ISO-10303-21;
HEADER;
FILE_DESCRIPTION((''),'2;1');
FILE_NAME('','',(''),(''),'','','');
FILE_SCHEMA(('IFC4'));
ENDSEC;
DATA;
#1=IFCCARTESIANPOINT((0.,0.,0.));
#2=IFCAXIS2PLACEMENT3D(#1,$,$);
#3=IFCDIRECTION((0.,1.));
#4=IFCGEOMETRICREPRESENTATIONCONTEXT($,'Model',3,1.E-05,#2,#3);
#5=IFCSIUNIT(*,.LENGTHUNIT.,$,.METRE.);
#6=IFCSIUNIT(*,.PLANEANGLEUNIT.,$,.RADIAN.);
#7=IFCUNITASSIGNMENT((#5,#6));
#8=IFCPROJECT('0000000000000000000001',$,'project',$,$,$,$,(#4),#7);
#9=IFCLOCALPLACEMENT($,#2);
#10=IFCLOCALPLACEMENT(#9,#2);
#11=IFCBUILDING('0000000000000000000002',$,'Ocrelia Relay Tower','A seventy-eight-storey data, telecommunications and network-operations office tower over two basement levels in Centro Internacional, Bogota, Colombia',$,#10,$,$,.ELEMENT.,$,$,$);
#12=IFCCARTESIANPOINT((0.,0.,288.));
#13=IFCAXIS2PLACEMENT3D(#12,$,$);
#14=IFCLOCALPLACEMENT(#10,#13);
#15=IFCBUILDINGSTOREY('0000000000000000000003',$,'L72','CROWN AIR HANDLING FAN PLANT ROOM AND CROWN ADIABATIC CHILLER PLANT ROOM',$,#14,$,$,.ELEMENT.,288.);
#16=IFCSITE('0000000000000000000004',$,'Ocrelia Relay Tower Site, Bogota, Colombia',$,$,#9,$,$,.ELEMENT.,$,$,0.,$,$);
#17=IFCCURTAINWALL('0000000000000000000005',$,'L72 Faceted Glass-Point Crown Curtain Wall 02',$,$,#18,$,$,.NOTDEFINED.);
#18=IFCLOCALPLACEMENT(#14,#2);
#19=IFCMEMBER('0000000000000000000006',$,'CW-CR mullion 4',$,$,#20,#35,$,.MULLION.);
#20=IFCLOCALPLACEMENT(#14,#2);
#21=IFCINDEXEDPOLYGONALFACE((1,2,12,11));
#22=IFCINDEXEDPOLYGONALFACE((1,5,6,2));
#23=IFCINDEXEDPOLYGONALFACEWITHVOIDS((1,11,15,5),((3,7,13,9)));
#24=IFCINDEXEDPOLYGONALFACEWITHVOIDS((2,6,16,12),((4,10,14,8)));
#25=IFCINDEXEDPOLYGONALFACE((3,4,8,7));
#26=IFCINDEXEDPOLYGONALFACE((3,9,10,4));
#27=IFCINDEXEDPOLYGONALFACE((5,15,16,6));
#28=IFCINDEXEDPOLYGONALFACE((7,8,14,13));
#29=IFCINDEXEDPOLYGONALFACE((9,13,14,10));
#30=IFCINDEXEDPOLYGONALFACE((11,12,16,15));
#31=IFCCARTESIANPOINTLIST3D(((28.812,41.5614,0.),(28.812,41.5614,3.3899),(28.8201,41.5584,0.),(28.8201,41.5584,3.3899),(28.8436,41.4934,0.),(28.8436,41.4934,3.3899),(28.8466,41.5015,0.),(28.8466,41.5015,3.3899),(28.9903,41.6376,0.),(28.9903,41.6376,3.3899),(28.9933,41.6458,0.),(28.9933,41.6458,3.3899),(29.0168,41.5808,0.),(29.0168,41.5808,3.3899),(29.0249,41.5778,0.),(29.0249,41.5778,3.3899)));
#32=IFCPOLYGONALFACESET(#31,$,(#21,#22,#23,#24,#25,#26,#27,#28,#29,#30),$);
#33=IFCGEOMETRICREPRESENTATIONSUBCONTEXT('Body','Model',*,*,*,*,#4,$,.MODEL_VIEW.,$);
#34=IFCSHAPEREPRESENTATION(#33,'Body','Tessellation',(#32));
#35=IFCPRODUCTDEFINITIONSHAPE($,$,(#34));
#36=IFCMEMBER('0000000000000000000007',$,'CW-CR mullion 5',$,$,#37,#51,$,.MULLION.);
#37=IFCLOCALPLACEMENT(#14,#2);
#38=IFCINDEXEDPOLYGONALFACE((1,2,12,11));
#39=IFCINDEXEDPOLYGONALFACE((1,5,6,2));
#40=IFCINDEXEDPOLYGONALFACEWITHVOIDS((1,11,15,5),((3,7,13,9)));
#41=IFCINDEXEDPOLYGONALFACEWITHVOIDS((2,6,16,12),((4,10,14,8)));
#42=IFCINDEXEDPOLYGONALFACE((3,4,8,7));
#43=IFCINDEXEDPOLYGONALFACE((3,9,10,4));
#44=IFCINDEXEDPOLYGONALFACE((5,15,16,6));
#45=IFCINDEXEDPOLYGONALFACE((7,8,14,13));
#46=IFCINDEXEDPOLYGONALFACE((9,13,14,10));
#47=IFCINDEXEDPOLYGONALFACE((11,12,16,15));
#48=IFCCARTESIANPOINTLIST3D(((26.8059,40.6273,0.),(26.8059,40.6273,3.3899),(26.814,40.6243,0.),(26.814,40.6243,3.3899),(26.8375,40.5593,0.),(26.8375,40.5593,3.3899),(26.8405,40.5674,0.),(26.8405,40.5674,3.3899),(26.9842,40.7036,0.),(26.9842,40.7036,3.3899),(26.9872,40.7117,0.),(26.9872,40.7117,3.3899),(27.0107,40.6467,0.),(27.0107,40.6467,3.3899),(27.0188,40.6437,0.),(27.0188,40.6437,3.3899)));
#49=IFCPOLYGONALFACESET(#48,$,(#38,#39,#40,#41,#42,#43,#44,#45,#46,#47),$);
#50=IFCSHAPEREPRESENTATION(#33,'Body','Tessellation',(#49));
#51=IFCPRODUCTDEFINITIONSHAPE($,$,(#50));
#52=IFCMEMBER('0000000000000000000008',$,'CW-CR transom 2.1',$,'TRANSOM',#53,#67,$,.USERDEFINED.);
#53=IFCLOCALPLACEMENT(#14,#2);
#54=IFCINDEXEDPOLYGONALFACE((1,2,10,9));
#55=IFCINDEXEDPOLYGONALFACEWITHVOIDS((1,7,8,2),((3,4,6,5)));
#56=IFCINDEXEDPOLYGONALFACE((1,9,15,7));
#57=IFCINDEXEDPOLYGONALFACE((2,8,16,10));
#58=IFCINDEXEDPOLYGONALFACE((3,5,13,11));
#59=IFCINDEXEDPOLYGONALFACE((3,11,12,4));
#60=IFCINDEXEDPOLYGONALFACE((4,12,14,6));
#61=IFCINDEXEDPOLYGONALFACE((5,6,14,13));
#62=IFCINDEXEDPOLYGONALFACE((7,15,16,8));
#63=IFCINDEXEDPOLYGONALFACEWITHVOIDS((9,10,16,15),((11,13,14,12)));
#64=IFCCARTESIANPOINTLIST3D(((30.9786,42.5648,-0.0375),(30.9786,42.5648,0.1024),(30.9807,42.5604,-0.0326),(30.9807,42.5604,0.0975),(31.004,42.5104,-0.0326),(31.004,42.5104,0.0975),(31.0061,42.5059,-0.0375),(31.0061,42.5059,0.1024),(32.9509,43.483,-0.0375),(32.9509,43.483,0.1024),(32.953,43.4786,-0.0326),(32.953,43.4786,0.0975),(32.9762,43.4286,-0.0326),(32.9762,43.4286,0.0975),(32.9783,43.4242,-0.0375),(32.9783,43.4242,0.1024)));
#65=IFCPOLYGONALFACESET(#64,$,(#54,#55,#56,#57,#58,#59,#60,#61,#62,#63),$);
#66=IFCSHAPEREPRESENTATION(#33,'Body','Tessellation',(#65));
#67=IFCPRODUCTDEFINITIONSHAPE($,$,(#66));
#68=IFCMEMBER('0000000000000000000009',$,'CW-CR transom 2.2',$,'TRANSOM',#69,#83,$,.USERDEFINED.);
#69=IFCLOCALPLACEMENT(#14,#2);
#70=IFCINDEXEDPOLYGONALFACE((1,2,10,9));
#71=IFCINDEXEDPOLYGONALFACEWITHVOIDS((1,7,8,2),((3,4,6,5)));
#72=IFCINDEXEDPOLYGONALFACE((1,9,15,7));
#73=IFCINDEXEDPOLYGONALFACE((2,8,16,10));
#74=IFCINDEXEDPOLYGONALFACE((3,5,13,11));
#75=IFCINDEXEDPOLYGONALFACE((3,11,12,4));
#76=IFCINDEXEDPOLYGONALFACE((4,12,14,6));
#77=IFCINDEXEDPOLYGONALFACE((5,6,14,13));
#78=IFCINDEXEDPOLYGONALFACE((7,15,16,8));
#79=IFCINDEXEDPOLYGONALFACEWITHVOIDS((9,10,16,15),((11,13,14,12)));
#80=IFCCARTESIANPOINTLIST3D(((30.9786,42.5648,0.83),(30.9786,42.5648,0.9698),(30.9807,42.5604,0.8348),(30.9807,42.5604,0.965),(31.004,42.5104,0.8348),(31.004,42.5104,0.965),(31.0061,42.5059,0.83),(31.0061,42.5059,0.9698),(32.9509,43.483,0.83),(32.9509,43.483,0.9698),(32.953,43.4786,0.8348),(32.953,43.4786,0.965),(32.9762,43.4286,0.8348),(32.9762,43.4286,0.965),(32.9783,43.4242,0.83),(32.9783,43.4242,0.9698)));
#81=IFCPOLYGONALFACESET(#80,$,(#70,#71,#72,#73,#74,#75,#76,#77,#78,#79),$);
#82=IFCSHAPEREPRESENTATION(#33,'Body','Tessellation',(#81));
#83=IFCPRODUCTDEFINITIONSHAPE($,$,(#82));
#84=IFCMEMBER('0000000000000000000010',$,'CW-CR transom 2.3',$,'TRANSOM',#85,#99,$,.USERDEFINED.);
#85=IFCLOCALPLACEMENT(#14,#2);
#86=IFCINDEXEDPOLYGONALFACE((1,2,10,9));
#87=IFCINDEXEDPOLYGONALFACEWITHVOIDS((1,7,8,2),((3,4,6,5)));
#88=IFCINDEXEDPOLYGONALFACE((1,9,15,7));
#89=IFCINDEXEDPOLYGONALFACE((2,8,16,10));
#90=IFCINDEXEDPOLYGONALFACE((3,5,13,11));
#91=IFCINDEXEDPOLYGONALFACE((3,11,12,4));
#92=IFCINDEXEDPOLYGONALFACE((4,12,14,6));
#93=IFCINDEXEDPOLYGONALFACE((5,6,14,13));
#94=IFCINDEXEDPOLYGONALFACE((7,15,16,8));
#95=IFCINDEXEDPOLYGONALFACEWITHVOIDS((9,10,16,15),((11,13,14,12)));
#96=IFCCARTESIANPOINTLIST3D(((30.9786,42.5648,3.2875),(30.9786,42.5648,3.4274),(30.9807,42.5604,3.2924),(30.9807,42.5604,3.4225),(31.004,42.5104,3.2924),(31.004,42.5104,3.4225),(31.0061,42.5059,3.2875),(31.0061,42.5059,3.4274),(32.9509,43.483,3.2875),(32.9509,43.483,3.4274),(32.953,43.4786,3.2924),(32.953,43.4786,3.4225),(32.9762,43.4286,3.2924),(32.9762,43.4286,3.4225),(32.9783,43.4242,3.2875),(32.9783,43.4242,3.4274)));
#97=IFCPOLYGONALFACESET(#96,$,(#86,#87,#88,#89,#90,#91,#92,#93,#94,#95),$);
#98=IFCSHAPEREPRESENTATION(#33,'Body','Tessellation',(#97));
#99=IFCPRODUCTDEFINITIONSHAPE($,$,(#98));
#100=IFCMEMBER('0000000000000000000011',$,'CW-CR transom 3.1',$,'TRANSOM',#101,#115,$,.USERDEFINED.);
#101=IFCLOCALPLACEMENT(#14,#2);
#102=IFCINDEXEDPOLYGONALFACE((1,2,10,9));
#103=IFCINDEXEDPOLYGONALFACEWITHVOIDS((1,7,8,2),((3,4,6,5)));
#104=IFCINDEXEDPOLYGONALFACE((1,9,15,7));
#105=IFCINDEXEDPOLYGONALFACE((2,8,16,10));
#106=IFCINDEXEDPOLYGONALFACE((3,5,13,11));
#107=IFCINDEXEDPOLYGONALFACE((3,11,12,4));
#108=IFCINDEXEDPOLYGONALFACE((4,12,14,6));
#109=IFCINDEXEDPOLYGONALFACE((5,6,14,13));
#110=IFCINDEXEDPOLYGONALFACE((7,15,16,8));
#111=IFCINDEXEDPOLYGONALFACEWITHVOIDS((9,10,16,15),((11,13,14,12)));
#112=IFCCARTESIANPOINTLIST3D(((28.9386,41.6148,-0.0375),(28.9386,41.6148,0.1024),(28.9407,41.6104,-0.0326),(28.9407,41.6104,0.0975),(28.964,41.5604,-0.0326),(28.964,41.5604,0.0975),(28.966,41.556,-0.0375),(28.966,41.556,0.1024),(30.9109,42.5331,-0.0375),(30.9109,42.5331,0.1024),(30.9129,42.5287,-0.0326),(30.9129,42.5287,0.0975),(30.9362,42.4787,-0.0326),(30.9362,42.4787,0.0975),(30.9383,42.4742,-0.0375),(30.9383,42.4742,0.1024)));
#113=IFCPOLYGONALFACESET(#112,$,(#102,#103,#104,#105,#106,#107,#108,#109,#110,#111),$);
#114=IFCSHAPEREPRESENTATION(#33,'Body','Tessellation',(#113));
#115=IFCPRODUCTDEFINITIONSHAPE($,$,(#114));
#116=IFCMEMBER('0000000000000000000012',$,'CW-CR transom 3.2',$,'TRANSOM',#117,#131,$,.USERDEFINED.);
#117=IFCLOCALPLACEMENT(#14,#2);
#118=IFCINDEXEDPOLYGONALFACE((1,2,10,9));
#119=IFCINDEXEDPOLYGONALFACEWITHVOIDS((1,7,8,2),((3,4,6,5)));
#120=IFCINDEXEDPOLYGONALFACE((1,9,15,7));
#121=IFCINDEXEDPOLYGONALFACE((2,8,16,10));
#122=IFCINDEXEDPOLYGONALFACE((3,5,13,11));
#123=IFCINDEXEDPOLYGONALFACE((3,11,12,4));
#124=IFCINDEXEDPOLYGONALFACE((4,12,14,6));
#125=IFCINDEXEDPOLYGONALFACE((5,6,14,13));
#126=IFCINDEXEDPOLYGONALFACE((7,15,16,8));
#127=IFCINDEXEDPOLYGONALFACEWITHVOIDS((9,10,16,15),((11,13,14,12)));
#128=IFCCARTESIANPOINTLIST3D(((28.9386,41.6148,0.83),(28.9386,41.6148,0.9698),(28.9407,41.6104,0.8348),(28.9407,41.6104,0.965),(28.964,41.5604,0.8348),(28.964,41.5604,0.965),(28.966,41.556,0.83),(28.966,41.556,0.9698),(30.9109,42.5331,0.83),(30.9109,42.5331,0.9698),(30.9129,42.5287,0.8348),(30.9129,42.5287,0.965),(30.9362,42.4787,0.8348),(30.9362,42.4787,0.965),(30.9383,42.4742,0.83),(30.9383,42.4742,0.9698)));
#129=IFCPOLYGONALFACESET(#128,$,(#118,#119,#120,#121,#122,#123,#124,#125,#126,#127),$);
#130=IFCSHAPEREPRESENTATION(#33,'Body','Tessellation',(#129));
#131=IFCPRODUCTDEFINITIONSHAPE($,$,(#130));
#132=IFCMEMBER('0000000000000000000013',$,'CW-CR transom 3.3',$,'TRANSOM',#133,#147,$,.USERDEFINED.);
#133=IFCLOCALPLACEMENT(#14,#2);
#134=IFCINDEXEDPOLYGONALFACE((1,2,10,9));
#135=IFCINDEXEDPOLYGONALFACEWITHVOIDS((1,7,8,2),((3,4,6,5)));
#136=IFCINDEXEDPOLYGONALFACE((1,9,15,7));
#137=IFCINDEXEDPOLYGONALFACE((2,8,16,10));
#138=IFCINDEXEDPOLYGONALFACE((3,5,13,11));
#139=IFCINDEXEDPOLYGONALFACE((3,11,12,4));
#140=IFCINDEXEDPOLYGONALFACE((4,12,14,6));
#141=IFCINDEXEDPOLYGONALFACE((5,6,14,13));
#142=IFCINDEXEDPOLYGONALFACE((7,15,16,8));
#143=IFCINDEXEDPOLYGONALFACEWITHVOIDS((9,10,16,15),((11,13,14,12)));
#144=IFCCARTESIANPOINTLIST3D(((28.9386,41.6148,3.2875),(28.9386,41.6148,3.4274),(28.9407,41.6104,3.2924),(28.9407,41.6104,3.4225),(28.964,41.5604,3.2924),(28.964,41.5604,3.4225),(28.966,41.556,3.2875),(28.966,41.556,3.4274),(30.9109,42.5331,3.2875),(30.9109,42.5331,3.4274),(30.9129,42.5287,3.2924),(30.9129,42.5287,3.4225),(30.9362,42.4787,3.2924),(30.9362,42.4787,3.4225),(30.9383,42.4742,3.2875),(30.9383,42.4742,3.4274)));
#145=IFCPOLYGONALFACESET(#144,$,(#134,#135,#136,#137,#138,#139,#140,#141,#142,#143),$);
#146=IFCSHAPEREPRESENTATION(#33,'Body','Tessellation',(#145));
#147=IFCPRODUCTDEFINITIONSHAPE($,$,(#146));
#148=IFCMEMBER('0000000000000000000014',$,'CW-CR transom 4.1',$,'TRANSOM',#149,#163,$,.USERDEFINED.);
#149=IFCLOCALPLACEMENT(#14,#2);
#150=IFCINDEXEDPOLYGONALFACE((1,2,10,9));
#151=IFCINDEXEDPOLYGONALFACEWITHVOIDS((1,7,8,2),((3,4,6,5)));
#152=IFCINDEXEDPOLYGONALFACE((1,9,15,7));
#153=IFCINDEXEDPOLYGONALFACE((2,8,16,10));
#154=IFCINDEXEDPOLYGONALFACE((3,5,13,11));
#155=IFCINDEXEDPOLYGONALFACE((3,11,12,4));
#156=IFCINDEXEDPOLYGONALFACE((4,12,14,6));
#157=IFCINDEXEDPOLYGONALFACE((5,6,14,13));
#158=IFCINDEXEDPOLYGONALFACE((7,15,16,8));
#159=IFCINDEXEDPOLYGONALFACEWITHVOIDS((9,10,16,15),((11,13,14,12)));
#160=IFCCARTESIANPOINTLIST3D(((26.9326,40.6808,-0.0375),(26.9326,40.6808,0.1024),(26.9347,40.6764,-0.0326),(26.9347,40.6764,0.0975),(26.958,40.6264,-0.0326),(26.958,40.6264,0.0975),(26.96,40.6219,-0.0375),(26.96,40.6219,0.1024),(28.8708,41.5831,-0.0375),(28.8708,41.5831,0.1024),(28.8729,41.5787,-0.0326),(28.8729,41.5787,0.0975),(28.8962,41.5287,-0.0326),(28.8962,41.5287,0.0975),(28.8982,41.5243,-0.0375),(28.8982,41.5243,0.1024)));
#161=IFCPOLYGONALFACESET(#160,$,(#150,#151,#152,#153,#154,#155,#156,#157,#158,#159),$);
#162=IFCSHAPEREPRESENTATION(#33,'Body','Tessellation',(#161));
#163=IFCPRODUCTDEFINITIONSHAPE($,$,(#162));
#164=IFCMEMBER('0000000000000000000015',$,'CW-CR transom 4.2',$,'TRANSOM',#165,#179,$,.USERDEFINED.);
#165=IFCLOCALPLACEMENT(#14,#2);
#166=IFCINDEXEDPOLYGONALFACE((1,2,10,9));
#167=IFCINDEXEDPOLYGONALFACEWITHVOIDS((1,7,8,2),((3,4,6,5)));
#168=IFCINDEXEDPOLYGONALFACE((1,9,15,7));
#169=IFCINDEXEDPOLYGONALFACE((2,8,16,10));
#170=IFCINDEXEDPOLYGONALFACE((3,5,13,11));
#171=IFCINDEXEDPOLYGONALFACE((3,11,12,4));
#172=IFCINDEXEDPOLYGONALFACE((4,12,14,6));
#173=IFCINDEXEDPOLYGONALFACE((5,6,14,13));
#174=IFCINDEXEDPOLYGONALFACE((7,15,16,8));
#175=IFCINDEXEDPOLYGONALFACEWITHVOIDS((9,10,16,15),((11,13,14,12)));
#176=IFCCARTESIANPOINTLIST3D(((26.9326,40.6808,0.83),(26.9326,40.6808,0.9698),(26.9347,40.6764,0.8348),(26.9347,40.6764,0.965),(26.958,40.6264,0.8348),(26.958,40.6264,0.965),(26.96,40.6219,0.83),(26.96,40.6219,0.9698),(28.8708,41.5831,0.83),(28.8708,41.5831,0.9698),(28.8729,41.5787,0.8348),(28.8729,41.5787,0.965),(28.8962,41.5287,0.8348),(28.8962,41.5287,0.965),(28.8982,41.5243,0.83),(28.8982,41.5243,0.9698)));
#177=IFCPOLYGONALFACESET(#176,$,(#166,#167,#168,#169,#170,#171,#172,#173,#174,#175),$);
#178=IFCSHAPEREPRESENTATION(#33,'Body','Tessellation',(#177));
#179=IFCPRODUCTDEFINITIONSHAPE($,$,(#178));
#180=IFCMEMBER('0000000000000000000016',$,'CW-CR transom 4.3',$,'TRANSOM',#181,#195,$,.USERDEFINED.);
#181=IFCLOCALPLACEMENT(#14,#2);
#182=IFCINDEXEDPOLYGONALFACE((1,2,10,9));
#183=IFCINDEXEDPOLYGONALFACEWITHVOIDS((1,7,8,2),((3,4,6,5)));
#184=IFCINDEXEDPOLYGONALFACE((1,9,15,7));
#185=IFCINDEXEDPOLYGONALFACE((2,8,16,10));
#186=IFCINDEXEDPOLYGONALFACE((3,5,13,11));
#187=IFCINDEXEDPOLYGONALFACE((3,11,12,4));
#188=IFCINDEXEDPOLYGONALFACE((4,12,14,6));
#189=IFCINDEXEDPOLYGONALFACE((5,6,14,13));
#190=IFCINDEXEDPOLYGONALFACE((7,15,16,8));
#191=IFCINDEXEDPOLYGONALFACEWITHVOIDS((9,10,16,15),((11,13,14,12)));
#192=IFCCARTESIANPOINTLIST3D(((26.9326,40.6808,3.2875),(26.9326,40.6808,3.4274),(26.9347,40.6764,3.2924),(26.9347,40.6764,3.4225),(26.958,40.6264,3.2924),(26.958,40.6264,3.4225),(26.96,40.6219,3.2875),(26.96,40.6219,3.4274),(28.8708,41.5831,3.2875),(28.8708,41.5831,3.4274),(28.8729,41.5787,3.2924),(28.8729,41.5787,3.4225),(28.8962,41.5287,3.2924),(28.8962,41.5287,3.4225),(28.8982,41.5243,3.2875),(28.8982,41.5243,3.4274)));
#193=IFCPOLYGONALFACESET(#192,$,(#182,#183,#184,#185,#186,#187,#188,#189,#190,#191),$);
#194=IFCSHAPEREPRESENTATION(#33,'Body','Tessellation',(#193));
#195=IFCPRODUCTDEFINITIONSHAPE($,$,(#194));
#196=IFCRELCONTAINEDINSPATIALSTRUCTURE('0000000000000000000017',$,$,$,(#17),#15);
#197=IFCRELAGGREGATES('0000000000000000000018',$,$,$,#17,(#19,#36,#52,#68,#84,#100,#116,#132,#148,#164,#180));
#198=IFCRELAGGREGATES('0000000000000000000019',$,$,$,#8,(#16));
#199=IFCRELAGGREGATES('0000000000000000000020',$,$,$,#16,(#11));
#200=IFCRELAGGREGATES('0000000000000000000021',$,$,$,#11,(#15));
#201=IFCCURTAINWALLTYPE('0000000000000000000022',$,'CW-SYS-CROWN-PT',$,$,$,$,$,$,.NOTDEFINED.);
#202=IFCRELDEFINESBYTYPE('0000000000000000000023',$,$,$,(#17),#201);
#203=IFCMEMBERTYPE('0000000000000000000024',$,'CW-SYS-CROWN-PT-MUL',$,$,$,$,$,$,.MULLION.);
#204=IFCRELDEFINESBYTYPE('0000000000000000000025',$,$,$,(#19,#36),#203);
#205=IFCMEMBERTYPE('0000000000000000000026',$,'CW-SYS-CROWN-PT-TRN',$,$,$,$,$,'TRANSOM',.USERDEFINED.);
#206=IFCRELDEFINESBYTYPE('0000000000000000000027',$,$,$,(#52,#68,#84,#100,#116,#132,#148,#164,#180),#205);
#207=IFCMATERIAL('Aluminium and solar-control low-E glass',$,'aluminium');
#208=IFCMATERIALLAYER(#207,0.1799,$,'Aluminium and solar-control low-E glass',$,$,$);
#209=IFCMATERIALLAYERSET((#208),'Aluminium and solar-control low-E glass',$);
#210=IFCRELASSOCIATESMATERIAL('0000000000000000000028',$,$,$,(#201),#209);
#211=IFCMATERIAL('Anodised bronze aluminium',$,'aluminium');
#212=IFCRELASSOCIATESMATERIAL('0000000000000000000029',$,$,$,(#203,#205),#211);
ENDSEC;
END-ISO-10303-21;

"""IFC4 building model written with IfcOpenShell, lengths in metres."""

from ifc_helpers import new_model, si_unit, direction, frame, origin, origin_2d, place, context, subcontext, project, spatial, hollow_rectangle, extrude, material, layer, layer_set, material_profile, profile_set, type_object, element, aggregate, save


model = new_model("IFC4")

# Units and contexts
model_context = context("Model", 3, precision=1e-05, world=origin(), true_north=direction((0.0, 1.0)))
body_context = subcontext(model_context, "Body", "Model", "MODEL_VIEW")
ifc_project = project(units=[si_unit("LENGTHUNIT", "METRE"), si_unit("PLANEANGLEUNIT", "RADIAN")], contexts=[model_context])

# Site, building, storey
site_placement = place(None, origin())
site = spatial("IfcSite", under=ifc_project, at=site_placement, Name="Ocrelia Relay Tower Site, Bogota, Colombia", CompositionType="ELEMENT", RefElevation=0.0)
building_placement = place(site_placement, origin())
building = spatial("IfcBuilding", under=site, at=building_placement, Name="Ocrelia Relay Tower", Description="A seventy-eight-storey data, telecommunications and network-operations office tower over two basement levels in Centro Internacional, Bogota, Colombia", CompositionType="ELEMENT")
storey_placement = place(building_placement, frame((0.0, 0.0, 288.0)))
storey = spatial("IfcBuildingStorey", under=building, at=storey_placement, Name="L72", Description="CROWN AIR HANDLING FAN PLANT ROOM AND CROWN ADIABATIC CHILLER PLANT ROOM", CompositionType="ELEMENT", Elevation=288.0)

# Curtain wall, members
ifc_material_1 = material(Name="Aluminium and solar-control low-E glass", Category="aluminium")
ifc_layer_1 = layer(ifc_material_1, 0.1799, Name="Aluminium and solar-control low-E glass")
ifc_layer_set_1 = layer_set([ifc_layer_1], Name="Aluminium and solar-control low-E glass")
curtain_wall_type = type_object("IfcCurtainWallType", Name="CW-SYS-CROWN-PT", PredefinedType="NOTDEFINED", material=ifc_layer_set_1)
curtain_wall_placement = place(storey_placement, origin())
curtain_wall = element("IfcCurtainWall", 1, at=curtain_wall_placement, inside=storey, type_object=curtain_wall_type, Name="L72 Faceted Glass-Point Crown Curtain Wall 02", PredefinedType="NOTDEFINED")
ifc_material_2 = material(Name="Anodised bronze aluminium", Category="aluminium")
ifc_material_profile_1 = material_profile(ifc_material_2, hollow_rectangle(XDim=0.075, YDim=0.2, WallThickness=0.0061, at=origin_2d()), Name="CW-MUL-200x75")
ifc_profile_set_1 = profile_set([ifc_material_profile_1], Name="Anodised bronze aluminium")
member_type_1 = type_object("IfcMemberType", Name="CW-SYS-CROWN-PT-MUL", PredefinedType="MULLION", material=ifc_profile_set_1)
member_1_placement = place(storey_placement, frame((28.9185, 41.5696, 0.0), z_axis=(0.0, 0.0, 1.0), x_axis=(0.422115, -0.906542, 0.0)))
member_1 = element("IfcMember", 2, at=member_1_placement, type_object=member_type_1, Name="CW-CR mullion 4", PredefinedType="MULLION", context=body_context, shape_type="SweptSolid", body=[
    extrude(hollow_rectangle(XDim=0.075, YDim=0.2, WallThickness=0.0061, at=origin_2d()), origin(), (0.0, 0.0, 1.0), 3.3899),
])
member_2_placement = place(storey_placement, frame((26.9124, 40.6355, 0.0), z_axis=(0.0, 0.0, 1.0), x_axis=(0.422115, -0.906542, 0.0)))
member_2 = element("IfcMember", 3, at=member_2_placement, type_object=member_type_1, Name="CW-CR mullion 5", PredefinedType="MULLION", context=body_context, shape_type="SweptSolid", body=[
    extrude(hollow_rectangle(XDim=0.075, YDim=0.2, WallThickness=0.0061, at=origin_2d()), origin(), (0.0, 0.0, 1.0), 3.3899),
])
ifc_material_profile_2 = material_profile(ifc_material_2, hollow_rectangle(XDim=0.0649, YDim=0.1399, WallThickness=0.0049, at=origin_2d()), Name="CW-TRN-140x65")
ifc_profile_set_2 = profile_set([ifc_material_profile_2], Name="Anodised bronze aluminium")
member_type_2 = type_object("IfcMemberType", Name="CW-SYS-CROWN-PT-TRN", ElementType="TRANSOM", PredefinedType="USERDEFINED", material=ifc_profile_set_2)
member_3_placement = place(storey_placement, frame((32.9646, 43.4536, 0.0325), z_axis=(-0.906558, -0.42208, 0.0), x_axis=(0.42208, -0.906558, 0.0)))
member_3 = element("IfcMember", 4, at=member_3_placement, type_object=member_type_2, Name="CW-CR transom 2.1", ObjectType="TRANSOM", PredefinedType="USERDEFINED", context=body_context, shape_type="SweptSolid", body=[
    extrude(hollow_rectangle(XDim=0.0649, YDim=0.1399, WallThickness=0.0049, at=origin_2d()), origin(), (0.0, 0.0, 1.0), 2.1755),
])
member_4_placement = place(storey_placement, frame((32.9646, 43.4536, 0.8999), z_axis=(-0.906558, -0.42208, 0.0), x_axis=(0.42208, -0.906558, 0.0)))
member_4 = element("IfcMember", 5, at=member_4_placement, type_object=member_type_2, Name="CW-CR transom 2.2", ObjectType="TRANSOM", PredefinedType="USERDEFINED", context=body_context, shape_type="SweptSolid", body=[
    extrude(hollow_rectangle(XDim=0.0649, YDim=0.1399, WallThickness=0.0049, at=origin_2d()), origin(), (0.0, 0.0, 1.0), 2.1755),
])
member_5_placement = place(storey_placement, frame((32.9646, 43.4536, 3.3574), z_axis=(-0.906558, -0.42208, 0.0), x_axis=(0.42208, -0.906558, 0.0)))
member_5 = element("IfcMember", 6, at=member_5_placement, type_object=member_type_2, Name="CW-CR transom 2.3", ObjectType="TRANSOM", PredefinedType="USERDEFINED", context=body_context, shape_type="SweptSolid", body=[
    extrude(hollow_rectangle(XDim=0.0649, YDim=0.1399, WallThickness=0.0049, at=origin_2d()), origin(), (0.0, 0.0, 1.0), 2.1755),
])
member_6_placement = place(storey_placement, frame((30.9246, 42.5037, 0.0325), z_axis=(-0.906558, -0.42208, 0.0), x_axis=(0.42208, -0.906558, 0.0)))
member_6 = element("IfcMember", 7, at=member_6_placement, type_object=member_type_2, Name="CW-CR transom 3.1", ObjectType="TRANSOM", PredefinedType="USERDEFINED", context=body_context, shape_type="SweptSolid", body=[
    extrude(hollow_rectangle(XDim=0.0649, YDim=0.1399, WallThickness=0.0049, at=origin_2d()), origin(), (0.0, 0.0, 1.0), 2.1755),
])
member_7_placement = place(storey_placement, frame((30.9246, 42.5037, 0.8999), z_axis=(-0.906558, -0.42208, 0.0), x_axis=(0.42208, -0.906558, 0.0)))
member_7 = element("IfcMember", 8, at=member_7_placement, type_object=member_type_2, Name="CW-CR transom 3.2", ObjectType="TRANSOM", PredefinedType="USERDEFINED", context=body_context, shape_type="SweptSolid", body=[
    extrude(hollow_rectangle(XDim=0.0649, YDim=0.1399, WallThickness=0.0049, at=origin_2d()), origin(), (0.0, 0.0, 1.0), 2.1755),
])
member_8_placement = place(storey_placement, frame((30.9246, 42.5037, 3.3574), z_axis=(-0.906558, -0.42208, 0.0), x_axis=(0.42208, -0.906558, 0.0)))
member_8 = element("IfcMember", 9, at=member_8_placement, type_object=member_type_2, Name="CW-CR transom 3.3", ObjectType="TRANSOM", PredefinedType="USERDEFINED", context=body_context, shape_type="SweptSolid", body=[
    extrude(hollow_rectangle(XDim=0.0649, YDim=0.1399, WallThickness=0.0049, at=origin_2d()), origin(), (0.0, 0.0, 1.0), 2.1755),
])
member_9_placement = place(storey_placement, frame((28.8845, 41.5537, 0.0325), z_axis=(-0.906571, -0.422054, 0.0), x_axis=(0.422054, -0.906571, 0.0)))
member_9 = element("IfcMember", 10, at=member_9_placement, type_object=member_type_2, Name="CW-CR transom 4.1", ObjectType="TRANSOM", PredefinedType="USERDEFINED", context=body_context, shape_type="SweptSolid", body=[
    extrude(hollow_rectangle(XDim=0.0649, YDim=0.1399, WallThickness=0.0049, at=origin_2d()), origin(), (0.0, 0.0, 1.0), 2.1379),
])
member_10_placement = place(storey_placement, frame((28.8845, 41.5537, 0.8999), z_axis=(-0.906571, -0.422054, 0.0), x_axis=(0.422054, -0.906571, 0.0)))
member_10 = element("IfcMember", 11, at=member_10_placement, type_object=member_type_2, Name="CW-CR transom 4.2", ObjectType="TRANSOM", PredefinedType="USERDEFINED", context=body_context, shape_type="SweptSolid", body=[
    extrude(hollow_rectangle(XDim=0.0649, YDim=0.1399, WallThickness=0.0049, at=origin_2d()), origin(), (0.0, 0.0, 1.0), 2.1379),
])
member_11_placement = place(storey_placement, frame((28.8845, 41.5537, 3.3574), z_axis=(-0.906571, -0.422054, 0.0), x_axis=(0.422054, -0.906571, 0.0)))
member_11 = element("IfcMember", 12, at=member_11_placement, type_object=member_type_2, Name="CW-CR transom 4.3", ObjectType="TRANSOM", PredefinedType="USERDEFINED", context=body_context, shape_type="SweptSolid", body=[
    extrude(hollow_rectangle(XDim=0.0649, YDim=0.1399, WallThickness=0.0049, at=origin_2d()), origin(), (0.0, 0.0, 1.0), 2.1379),
])
aggregate(curtain_wall, [member_1, member_2, member_3, member_4, member_5, member_6, member_7, member_8, member_9, member_10, member_11])

save(model, "model.ifc")
